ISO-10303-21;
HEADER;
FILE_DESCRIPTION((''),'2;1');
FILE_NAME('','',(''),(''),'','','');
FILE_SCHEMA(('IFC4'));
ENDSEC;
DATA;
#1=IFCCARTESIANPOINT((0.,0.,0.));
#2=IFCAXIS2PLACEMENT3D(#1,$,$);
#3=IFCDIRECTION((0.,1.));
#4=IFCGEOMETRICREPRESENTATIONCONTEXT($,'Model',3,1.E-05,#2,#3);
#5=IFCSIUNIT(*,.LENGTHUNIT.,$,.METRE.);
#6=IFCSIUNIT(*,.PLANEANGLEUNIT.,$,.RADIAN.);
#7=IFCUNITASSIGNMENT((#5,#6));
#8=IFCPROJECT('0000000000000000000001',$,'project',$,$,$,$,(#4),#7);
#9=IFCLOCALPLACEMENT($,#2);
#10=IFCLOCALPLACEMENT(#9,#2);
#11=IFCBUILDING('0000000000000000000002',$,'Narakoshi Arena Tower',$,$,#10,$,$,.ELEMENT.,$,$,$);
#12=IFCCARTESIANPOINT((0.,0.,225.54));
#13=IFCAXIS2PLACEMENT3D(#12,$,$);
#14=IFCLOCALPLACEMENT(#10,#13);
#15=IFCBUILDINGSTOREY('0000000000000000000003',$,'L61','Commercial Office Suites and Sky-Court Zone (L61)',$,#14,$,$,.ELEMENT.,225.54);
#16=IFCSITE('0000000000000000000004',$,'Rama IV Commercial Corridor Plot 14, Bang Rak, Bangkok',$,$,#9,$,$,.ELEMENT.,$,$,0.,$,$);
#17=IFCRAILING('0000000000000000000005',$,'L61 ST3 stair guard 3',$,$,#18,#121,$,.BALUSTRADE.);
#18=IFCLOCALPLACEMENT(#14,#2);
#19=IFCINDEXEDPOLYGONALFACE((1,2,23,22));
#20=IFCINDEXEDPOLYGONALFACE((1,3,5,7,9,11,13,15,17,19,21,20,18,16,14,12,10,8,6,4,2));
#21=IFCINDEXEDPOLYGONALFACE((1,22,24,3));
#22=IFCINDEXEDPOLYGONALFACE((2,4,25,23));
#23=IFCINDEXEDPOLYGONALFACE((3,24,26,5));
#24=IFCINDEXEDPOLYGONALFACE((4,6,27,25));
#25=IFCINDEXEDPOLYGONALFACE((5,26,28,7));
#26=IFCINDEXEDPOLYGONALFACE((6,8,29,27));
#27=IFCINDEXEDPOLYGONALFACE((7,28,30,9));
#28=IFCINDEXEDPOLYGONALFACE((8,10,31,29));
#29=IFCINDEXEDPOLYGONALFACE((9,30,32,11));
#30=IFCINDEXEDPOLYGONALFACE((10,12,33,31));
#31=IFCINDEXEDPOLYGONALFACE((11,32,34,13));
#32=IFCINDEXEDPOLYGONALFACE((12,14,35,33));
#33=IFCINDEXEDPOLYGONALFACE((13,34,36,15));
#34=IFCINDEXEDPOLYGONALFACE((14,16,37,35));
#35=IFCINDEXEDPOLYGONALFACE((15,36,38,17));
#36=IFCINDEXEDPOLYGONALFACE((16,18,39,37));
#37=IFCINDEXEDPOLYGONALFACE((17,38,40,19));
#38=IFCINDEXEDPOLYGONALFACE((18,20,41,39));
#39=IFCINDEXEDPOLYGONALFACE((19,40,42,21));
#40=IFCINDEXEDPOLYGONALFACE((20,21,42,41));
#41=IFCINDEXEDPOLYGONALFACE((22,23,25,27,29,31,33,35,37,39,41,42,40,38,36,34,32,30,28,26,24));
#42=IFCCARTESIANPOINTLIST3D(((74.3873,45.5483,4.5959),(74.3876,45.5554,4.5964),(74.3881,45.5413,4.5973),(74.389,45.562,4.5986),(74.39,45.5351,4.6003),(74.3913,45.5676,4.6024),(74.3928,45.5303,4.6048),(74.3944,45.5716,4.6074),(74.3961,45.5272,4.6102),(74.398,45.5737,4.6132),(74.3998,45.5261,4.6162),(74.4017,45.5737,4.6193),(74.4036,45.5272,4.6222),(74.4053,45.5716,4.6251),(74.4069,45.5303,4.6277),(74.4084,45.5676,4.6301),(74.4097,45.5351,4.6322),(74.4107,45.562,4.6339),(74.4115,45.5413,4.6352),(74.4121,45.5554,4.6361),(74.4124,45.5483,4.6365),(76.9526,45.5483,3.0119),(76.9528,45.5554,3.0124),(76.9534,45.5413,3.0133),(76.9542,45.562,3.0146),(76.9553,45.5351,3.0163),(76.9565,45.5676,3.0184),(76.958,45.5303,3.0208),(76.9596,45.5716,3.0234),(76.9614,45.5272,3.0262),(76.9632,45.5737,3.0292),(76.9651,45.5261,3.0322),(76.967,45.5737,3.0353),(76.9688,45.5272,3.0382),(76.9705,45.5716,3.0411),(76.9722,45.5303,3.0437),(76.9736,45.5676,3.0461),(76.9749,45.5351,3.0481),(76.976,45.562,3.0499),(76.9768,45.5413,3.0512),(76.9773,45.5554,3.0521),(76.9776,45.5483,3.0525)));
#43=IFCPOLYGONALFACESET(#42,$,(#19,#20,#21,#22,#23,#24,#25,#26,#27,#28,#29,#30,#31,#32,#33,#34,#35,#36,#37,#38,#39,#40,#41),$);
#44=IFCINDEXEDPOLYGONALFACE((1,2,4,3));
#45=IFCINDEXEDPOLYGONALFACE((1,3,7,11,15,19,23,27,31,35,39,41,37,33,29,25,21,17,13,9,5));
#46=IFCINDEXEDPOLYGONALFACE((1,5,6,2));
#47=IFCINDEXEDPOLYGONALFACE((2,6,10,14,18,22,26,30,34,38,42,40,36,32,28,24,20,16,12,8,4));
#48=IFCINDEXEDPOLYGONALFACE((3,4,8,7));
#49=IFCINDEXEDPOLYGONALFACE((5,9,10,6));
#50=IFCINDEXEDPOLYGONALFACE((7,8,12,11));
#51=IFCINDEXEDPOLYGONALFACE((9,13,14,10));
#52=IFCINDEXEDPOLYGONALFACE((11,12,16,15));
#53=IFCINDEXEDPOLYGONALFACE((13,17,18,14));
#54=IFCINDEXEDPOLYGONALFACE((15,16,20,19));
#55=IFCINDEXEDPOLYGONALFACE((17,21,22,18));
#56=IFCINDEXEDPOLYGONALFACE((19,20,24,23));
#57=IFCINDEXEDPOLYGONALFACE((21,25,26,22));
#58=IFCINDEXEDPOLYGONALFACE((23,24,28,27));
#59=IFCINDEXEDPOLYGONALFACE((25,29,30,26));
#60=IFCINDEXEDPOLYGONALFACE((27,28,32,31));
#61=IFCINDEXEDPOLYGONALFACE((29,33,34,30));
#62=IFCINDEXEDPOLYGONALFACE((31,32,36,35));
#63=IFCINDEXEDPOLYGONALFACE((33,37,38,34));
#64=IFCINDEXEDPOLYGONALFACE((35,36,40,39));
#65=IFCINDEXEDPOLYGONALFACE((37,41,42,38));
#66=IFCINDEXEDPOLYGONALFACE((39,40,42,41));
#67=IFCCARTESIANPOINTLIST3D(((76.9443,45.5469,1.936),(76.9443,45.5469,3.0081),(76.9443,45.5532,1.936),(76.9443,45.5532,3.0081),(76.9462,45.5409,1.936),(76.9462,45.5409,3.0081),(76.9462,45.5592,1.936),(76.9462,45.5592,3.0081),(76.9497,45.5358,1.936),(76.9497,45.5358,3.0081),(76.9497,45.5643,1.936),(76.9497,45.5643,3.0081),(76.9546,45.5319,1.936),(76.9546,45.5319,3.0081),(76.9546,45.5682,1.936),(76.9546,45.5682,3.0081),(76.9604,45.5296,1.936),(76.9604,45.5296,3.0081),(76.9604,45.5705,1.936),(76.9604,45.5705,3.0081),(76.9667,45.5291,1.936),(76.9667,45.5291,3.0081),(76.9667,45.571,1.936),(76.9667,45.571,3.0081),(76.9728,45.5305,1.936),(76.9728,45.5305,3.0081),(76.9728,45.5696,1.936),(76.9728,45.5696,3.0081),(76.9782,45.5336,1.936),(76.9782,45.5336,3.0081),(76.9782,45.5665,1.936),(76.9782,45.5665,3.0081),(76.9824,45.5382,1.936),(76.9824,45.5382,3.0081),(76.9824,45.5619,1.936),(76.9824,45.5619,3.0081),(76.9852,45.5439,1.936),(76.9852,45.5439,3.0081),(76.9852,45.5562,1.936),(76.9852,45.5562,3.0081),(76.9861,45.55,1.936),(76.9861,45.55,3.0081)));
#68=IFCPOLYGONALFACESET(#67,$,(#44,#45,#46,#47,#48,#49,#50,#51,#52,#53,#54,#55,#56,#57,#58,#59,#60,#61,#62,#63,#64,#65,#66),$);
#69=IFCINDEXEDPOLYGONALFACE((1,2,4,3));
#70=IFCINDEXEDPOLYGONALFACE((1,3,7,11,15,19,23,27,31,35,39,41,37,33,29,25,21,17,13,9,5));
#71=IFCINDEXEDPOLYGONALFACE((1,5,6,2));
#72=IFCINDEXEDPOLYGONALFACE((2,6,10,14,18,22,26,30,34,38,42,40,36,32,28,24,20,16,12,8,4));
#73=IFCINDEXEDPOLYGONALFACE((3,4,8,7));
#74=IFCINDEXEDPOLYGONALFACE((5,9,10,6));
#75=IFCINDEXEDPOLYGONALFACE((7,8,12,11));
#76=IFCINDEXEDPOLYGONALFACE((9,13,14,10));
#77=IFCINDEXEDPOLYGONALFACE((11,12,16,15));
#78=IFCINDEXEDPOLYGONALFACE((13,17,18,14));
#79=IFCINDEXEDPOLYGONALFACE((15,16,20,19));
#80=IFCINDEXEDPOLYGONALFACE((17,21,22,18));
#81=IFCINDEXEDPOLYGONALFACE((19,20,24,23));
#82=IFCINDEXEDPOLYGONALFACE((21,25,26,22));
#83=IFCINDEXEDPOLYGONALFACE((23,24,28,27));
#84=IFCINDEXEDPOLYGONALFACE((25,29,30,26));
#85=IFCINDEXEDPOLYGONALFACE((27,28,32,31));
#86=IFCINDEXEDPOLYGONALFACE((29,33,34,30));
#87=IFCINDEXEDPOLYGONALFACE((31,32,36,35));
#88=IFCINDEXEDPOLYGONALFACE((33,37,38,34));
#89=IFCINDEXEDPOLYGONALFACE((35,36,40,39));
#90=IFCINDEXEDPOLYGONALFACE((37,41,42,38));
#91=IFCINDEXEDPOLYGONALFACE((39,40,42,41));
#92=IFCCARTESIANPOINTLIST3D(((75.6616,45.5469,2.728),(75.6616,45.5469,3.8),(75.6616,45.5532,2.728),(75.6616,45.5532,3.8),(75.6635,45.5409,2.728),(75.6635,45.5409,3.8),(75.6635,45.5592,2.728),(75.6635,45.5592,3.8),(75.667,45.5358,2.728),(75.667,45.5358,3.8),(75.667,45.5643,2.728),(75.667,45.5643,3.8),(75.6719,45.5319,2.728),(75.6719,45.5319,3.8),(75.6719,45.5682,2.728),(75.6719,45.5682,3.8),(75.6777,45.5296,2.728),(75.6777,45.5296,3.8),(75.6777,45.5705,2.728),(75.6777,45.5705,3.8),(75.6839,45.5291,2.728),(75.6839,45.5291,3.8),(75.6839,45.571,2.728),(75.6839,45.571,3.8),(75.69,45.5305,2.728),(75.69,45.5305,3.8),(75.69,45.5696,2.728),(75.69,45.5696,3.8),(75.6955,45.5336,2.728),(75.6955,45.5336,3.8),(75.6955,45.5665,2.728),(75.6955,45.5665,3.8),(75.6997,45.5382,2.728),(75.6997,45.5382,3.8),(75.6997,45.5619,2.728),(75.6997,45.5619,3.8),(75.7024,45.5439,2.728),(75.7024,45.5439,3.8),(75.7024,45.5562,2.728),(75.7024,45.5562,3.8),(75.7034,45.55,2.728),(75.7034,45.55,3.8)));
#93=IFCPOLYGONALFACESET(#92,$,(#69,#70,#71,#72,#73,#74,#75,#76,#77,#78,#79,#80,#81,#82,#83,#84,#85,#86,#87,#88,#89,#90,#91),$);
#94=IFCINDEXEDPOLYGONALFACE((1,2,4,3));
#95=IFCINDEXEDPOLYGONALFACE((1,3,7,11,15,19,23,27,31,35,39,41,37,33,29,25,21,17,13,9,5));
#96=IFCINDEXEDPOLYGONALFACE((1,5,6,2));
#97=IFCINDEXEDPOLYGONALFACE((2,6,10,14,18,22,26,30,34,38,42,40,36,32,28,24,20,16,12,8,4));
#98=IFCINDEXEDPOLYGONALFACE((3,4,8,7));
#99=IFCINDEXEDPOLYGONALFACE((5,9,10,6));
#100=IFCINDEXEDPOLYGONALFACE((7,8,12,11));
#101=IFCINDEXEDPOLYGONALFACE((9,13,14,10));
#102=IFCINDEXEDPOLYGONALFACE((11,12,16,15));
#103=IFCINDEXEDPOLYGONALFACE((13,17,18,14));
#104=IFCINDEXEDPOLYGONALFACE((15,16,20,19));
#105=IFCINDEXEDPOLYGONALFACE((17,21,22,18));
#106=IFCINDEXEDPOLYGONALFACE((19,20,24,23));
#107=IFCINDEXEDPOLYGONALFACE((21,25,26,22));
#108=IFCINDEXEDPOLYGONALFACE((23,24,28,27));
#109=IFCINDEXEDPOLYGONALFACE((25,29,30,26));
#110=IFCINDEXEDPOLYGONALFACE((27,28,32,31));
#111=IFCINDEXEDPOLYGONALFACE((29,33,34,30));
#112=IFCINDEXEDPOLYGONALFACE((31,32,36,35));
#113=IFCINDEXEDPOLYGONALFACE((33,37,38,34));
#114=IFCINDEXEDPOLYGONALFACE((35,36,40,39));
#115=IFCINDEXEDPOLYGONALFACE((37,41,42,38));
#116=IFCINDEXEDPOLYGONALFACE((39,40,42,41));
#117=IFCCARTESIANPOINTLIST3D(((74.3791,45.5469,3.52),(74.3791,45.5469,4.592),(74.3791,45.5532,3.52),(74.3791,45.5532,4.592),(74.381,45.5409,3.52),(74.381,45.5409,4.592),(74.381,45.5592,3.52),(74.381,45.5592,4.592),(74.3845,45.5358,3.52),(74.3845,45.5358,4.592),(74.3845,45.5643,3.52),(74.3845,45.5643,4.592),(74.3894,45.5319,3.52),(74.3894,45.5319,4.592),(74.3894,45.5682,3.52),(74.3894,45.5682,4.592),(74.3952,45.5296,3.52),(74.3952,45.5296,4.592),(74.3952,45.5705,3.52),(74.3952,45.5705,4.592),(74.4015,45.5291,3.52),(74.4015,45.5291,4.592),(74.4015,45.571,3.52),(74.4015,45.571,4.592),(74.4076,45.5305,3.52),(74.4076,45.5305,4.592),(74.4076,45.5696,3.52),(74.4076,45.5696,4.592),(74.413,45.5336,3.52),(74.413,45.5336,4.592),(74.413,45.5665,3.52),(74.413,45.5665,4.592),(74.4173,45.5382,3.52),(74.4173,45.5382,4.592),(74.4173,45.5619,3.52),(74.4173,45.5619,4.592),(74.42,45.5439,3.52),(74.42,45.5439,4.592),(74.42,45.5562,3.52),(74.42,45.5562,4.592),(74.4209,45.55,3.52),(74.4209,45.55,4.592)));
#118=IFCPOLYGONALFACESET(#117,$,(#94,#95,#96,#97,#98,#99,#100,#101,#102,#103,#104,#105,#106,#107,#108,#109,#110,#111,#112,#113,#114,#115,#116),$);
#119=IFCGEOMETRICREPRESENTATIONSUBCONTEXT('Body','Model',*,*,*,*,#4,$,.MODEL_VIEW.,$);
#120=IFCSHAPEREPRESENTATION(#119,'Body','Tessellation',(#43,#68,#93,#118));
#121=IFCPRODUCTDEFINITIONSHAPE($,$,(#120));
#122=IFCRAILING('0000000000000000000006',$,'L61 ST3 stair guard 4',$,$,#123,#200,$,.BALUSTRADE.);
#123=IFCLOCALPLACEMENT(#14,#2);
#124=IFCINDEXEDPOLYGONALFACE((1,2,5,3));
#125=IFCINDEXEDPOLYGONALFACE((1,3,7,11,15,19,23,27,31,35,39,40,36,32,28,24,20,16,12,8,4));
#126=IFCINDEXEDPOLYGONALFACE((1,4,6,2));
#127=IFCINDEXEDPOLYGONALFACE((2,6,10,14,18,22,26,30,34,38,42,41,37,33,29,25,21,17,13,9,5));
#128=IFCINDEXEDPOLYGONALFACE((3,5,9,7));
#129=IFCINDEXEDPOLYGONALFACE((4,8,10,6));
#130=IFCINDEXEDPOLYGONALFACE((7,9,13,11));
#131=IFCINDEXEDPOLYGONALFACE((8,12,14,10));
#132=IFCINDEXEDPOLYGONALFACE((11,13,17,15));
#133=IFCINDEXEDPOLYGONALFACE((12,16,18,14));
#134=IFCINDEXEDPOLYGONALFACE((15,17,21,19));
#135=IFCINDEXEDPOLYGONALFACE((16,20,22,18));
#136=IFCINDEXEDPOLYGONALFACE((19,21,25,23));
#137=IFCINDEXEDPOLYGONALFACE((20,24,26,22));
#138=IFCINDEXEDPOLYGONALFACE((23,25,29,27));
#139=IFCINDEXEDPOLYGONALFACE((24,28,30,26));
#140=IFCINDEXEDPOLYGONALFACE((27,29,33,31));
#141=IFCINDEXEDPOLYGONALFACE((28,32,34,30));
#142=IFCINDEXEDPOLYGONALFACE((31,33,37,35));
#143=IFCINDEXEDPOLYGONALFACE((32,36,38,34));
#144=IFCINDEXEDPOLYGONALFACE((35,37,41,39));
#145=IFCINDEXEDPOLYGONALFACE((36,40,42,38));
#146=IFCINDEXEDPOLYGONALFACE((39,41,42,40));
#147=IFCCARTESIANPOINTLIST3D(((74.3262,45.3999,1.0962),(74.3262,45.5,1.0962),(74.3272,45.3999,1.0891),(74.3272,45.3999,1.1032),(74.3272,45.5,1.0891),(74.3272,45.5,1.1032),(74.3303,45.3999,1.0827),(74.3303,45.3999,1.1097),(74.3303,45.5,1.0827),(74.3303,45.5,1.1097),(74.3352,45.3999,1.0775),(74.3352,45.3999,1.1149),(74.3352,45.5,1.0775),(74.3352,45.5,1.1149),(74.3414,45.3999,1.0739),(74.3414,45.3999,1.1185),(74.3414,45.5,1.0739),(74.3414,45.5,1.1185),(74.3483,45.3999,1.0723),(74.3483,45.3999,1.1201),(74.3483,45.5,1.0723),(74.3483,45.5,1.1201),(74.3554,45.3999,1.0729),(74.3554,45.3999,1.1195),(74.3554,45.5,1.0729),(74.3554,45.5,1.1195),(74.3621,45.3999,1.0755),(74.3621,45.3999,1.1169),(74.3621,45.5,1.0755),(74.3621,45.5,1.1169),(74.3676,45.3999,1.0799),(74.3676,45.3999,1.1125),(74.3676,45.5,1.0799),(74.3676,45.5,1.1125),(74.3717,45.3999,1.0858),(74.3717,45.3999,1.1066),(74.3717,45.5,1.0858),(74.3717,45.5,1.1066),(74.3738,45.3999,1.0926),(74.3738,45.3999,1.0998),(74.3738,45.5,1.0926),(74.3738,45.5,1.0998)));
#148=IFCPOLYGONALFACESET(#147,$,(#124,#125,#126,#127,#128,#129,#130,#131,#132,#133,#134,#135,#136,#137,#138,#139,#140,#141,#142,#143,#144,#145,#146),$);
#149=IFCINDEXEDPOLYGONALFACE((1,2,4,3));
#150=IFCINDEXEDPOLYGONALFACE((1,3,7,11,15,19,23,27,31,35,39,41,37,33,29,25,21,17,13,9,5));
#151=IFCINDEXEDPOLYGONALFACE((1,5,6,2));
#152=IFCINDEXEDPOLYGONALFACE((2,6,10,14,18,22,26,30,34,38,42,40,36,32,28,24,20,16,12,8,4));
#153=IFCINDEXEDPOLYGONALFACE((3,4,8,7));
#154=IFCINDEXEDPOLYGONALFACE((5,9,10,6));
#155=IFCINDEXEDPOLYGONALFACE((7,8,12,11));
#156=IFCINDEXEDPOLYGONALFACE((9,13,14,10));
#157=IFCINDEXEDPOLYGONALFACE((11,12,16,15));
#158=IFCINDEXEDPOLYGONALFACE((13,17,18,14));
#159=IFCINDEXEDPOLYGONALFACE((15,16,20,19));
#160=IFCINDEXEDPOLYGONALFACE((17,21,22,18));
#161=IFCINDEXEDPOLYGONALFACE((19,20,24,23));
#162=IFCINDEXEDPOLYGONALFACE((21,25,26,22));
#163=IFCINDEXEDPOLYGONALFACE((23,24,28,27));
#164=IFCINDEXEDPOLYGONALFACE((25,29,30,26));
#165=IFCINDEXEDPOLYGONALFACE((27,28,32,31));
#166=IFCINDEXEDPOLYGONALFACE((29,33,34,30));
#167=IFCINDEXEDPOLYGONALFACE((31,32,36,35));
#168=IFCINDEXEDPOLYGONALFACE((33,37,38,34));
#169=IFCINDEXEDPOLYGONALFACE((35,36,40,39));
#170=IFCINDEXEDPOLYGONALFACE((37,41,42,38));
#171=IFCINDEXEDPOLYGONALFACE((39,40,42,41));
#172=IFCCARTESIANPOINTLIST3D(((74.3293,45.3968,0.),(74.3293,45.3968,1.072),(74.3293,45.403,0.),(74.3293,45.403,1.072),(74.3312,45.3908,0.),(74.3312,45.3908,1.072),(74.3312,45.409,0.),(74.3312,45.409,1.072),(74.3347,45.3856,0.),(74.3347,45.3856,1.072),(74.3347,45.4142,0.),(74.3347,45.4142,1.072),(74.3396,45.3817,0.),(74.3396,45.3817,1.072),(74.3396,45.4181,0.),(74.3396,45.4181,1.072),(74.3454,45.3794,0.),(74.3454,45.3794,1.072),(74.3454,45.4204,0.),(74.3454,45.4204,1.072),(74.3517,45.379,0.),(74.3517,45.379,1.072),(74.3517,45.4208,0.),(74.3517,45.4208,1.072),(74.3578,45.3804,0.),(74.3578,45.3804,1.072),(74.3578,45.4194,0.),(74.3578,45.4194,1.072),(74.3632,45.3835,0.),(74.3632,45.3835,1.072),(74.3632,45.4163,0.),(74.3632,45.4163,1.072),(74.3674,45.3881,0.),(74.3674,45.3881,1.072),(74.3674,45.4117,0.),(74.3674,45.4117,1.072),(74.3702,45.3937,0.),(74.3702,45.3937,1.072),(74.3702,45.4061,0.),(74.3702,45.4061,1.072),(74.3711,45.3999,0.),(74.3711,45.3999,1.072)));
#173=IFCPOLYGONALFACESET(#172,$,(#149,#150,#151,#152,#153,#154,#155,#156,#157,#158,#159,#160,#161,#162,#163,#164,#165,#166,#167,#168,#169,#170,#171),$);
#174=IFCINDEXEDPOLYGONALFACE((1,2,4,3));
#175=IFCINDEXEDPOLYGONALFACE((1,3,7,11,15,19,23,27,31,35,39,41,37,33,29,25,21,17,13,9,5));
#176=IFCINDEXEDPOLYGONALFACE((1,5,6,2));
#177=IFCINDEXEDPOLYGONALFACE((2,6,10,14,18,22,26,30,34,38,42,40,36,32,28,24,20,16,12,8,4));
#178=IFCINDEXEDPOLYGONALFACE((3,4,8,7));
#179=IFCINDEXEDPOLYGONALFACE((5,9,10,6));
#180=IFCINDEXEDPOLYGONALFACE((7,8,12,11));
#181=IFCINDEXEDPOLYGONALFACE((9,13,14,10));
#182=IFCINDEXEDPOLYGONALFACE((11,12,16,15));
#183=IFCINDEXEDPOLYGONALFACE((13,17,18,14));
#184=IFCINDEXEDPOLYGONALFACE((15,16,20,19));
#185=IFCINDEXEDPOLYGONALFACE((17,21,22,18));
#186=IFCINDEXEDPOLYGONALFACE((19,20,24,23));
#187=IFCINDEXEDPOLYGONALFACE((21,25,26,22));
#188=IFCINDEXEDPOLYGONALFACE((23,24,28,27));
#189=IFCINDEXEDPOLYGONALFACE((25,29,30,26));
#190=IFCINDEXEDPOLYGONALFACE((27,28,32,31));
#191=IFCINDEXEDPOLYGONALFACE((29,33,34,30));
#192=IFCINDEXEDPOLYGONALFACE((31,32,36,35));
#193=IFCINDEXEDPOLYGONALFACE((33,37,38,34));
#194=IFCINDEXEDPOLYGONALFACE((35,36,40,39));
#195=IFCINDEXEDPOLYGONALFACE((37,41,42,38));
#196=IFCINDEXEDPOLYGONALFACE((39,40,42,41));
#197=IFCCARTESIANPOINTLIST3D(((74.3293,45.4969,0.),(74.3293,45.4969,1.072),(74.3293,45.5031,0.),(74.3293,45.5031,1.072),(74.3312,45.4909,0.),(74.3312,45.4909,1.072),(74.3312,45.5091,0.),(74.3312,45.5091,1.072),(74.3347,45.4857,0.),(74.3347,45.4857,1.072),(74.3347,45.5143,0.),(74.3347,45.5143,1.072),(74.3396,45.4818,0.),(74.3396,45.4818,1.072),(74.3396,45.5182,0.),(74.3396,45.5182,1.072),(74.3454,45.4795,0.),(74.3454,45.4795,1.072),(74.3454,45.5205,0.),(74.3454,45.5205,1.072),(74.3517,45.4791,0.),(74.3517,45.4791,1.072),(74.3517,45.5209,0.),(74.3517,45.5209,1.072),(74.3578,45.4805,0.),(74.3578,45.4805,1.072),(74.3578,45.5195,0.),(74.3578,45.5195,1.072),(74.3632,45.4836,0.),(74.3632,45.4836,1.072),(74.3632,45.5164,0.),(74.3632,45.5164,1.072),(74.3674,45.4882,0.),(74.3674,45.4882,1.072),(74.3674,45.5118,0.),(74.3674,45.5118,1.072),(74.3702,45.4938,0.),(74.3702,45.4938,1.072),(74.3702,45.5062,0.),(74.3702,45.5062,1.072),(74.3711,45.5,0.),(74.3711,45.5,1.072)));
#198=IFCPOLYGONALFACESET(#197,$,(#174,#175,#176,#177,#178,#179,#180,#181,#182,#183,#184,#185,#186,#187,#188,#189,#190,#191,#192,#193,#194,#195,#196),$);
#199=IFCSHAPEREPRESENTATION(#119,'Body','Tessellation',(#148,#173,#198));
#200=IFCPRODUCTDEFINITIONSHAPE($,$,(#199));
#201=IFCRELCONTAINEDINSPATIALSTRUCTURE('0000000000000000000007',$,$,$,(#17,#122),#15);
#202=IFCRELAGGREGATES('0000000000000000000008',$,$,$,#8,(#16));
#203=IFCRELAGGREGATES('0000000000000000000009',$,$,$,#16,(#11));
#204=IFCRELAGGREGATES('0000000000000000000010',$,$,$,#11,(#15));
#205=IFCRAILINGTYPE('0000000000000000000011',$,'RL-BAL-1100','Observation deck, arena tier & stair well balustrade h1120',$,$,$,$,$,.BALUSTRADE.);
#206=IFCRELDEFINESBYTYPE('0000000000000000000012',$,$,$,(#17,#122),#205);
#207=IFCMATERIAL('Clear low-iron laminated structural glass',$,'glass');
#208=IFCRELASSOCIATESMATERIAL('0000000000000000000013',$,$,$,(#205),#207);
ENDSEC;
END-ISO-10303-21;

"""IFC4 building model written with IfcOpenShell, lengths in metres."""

from ifc_helpers import new_model, si_unit, direction, frame, origin, origin_2d, place, context, subcontext, project, spatial, circle, extrude, material, type_object, element, save


model = new_model("IFC4")

# Units and contexts
model_context = context("Model", 3, precision=1e-05, world=origin(), true_north=direction((0.0, 1.0)))
body_context = subcontext(model_context, "Body", "Model", "MODEL_VIEW")
ifc_project = project(units=[si_unit("LENGTHUNIT", "METRE"), si_unit("PLANEANGLEUNIT", "RADIAN")], contexts=[model_context])

# Site, building, storey
site_placement = place(None, origin())
site = spatial("IfcSite", under=ifc_project, at=site_placement, Name="Rama IV Commercial Corridor Plot 14, Bang Rak, Bangkok", CompositionType="ELEMENT", RefElevation=0.0)
building_placement = place(site_placement, origin())
building = spatial("IfcBuilding", under=site, at=building_placement, Name="Narakoshi Arena Tower", CompositionType="ELEMENT")
storey_placement = place(building_placement, frame((0.0, 0.0, 225.54)))
storey = spatial("IfcBuildingStorey", under=building, at=storey_placement, Name="L61", Description="Commercial Office Suites and Sky-Court Zone (L61)", CompositionType="ELEMENT", Elevation=225.54)

# Railings
ifc_material_1 = material(Name="Clear low-iron laminated structural glass", Category="glass")
railing_type_1 = type_object("IfcRailingType", Name="RL-BAL-1100", Description="Observation deck, arena tier & stair well balustrade h1120", PredefinedType="BALUSTRADE", material=ifc_material_1)
railing_1_placement = place(storey_placement, frame((76.9651, 45.55, 1.936)))
element("IfcRailing", 1, at=railing_1_placement, inside=storey, type_object=railing_type_1, Name="L61 ST3 stair guard 3", PredefinedType="BALUSTRADE", context=body_context, shape_type="SweptSolid", body=[
    extrude(circle(Radius=0.0239, at=origin_2d()), frame((0.0, 0.0, 1.0962), z_axis=(-0.850857, 0.0, 0.525398), x_axis=(0.0, -1.0, 0.0)), (0.0, 0.0, 1.0), 3.0149),
    extrude(circle(Radius=0.021, at=origin_2d()), origin(), (0.0, 0.0, 1.0), 1.072),
    extrude(circle(Radius=0.021, at=origin_2d()), frame((-1.2827, 0.0, 0.792)), (0.0, 0.0, 1.0), 1.072),
    extrude(circle(Radius=0.021, at=origin_2d()), frame((-2.5652, 0.0, 1.584)), (0.0, 0.0, 1.0), 1.072),
])
railing_2_placement = place(storey_placement, frame((74.3501, 45.3999, 0.0)))
element("IfcRailing", 2, at=railing_2_placement, inside=storey, type_object=railing_type_1, Name="L61 ST3 stair guard 4", PredefinedType="BALUSTRADE", context=body_context, shape_type="SweptSolid", body=[
    extrude(circle(Radius=0.0239, at=origin_2d()), frame((0.0, 0.0, 1.0962), z_axis=(0.0, 1.0, 0.0), x_axis=(-1.0, 0.0, 0.0)), (0.0, 0.0, 1.0), 0.1001),
    extrude(circle(Radius=0.021, at=origin_2d()), origin(), (0.0, 0.0, 1.0), 1.072),
    extrude(circle(Radius=0.021, at=origin_2d()), frame((0.0, 0.1001, 0.0)), (0.0, 0.0, 1.0), 1.072),
])

save(model, "model.ifc")
